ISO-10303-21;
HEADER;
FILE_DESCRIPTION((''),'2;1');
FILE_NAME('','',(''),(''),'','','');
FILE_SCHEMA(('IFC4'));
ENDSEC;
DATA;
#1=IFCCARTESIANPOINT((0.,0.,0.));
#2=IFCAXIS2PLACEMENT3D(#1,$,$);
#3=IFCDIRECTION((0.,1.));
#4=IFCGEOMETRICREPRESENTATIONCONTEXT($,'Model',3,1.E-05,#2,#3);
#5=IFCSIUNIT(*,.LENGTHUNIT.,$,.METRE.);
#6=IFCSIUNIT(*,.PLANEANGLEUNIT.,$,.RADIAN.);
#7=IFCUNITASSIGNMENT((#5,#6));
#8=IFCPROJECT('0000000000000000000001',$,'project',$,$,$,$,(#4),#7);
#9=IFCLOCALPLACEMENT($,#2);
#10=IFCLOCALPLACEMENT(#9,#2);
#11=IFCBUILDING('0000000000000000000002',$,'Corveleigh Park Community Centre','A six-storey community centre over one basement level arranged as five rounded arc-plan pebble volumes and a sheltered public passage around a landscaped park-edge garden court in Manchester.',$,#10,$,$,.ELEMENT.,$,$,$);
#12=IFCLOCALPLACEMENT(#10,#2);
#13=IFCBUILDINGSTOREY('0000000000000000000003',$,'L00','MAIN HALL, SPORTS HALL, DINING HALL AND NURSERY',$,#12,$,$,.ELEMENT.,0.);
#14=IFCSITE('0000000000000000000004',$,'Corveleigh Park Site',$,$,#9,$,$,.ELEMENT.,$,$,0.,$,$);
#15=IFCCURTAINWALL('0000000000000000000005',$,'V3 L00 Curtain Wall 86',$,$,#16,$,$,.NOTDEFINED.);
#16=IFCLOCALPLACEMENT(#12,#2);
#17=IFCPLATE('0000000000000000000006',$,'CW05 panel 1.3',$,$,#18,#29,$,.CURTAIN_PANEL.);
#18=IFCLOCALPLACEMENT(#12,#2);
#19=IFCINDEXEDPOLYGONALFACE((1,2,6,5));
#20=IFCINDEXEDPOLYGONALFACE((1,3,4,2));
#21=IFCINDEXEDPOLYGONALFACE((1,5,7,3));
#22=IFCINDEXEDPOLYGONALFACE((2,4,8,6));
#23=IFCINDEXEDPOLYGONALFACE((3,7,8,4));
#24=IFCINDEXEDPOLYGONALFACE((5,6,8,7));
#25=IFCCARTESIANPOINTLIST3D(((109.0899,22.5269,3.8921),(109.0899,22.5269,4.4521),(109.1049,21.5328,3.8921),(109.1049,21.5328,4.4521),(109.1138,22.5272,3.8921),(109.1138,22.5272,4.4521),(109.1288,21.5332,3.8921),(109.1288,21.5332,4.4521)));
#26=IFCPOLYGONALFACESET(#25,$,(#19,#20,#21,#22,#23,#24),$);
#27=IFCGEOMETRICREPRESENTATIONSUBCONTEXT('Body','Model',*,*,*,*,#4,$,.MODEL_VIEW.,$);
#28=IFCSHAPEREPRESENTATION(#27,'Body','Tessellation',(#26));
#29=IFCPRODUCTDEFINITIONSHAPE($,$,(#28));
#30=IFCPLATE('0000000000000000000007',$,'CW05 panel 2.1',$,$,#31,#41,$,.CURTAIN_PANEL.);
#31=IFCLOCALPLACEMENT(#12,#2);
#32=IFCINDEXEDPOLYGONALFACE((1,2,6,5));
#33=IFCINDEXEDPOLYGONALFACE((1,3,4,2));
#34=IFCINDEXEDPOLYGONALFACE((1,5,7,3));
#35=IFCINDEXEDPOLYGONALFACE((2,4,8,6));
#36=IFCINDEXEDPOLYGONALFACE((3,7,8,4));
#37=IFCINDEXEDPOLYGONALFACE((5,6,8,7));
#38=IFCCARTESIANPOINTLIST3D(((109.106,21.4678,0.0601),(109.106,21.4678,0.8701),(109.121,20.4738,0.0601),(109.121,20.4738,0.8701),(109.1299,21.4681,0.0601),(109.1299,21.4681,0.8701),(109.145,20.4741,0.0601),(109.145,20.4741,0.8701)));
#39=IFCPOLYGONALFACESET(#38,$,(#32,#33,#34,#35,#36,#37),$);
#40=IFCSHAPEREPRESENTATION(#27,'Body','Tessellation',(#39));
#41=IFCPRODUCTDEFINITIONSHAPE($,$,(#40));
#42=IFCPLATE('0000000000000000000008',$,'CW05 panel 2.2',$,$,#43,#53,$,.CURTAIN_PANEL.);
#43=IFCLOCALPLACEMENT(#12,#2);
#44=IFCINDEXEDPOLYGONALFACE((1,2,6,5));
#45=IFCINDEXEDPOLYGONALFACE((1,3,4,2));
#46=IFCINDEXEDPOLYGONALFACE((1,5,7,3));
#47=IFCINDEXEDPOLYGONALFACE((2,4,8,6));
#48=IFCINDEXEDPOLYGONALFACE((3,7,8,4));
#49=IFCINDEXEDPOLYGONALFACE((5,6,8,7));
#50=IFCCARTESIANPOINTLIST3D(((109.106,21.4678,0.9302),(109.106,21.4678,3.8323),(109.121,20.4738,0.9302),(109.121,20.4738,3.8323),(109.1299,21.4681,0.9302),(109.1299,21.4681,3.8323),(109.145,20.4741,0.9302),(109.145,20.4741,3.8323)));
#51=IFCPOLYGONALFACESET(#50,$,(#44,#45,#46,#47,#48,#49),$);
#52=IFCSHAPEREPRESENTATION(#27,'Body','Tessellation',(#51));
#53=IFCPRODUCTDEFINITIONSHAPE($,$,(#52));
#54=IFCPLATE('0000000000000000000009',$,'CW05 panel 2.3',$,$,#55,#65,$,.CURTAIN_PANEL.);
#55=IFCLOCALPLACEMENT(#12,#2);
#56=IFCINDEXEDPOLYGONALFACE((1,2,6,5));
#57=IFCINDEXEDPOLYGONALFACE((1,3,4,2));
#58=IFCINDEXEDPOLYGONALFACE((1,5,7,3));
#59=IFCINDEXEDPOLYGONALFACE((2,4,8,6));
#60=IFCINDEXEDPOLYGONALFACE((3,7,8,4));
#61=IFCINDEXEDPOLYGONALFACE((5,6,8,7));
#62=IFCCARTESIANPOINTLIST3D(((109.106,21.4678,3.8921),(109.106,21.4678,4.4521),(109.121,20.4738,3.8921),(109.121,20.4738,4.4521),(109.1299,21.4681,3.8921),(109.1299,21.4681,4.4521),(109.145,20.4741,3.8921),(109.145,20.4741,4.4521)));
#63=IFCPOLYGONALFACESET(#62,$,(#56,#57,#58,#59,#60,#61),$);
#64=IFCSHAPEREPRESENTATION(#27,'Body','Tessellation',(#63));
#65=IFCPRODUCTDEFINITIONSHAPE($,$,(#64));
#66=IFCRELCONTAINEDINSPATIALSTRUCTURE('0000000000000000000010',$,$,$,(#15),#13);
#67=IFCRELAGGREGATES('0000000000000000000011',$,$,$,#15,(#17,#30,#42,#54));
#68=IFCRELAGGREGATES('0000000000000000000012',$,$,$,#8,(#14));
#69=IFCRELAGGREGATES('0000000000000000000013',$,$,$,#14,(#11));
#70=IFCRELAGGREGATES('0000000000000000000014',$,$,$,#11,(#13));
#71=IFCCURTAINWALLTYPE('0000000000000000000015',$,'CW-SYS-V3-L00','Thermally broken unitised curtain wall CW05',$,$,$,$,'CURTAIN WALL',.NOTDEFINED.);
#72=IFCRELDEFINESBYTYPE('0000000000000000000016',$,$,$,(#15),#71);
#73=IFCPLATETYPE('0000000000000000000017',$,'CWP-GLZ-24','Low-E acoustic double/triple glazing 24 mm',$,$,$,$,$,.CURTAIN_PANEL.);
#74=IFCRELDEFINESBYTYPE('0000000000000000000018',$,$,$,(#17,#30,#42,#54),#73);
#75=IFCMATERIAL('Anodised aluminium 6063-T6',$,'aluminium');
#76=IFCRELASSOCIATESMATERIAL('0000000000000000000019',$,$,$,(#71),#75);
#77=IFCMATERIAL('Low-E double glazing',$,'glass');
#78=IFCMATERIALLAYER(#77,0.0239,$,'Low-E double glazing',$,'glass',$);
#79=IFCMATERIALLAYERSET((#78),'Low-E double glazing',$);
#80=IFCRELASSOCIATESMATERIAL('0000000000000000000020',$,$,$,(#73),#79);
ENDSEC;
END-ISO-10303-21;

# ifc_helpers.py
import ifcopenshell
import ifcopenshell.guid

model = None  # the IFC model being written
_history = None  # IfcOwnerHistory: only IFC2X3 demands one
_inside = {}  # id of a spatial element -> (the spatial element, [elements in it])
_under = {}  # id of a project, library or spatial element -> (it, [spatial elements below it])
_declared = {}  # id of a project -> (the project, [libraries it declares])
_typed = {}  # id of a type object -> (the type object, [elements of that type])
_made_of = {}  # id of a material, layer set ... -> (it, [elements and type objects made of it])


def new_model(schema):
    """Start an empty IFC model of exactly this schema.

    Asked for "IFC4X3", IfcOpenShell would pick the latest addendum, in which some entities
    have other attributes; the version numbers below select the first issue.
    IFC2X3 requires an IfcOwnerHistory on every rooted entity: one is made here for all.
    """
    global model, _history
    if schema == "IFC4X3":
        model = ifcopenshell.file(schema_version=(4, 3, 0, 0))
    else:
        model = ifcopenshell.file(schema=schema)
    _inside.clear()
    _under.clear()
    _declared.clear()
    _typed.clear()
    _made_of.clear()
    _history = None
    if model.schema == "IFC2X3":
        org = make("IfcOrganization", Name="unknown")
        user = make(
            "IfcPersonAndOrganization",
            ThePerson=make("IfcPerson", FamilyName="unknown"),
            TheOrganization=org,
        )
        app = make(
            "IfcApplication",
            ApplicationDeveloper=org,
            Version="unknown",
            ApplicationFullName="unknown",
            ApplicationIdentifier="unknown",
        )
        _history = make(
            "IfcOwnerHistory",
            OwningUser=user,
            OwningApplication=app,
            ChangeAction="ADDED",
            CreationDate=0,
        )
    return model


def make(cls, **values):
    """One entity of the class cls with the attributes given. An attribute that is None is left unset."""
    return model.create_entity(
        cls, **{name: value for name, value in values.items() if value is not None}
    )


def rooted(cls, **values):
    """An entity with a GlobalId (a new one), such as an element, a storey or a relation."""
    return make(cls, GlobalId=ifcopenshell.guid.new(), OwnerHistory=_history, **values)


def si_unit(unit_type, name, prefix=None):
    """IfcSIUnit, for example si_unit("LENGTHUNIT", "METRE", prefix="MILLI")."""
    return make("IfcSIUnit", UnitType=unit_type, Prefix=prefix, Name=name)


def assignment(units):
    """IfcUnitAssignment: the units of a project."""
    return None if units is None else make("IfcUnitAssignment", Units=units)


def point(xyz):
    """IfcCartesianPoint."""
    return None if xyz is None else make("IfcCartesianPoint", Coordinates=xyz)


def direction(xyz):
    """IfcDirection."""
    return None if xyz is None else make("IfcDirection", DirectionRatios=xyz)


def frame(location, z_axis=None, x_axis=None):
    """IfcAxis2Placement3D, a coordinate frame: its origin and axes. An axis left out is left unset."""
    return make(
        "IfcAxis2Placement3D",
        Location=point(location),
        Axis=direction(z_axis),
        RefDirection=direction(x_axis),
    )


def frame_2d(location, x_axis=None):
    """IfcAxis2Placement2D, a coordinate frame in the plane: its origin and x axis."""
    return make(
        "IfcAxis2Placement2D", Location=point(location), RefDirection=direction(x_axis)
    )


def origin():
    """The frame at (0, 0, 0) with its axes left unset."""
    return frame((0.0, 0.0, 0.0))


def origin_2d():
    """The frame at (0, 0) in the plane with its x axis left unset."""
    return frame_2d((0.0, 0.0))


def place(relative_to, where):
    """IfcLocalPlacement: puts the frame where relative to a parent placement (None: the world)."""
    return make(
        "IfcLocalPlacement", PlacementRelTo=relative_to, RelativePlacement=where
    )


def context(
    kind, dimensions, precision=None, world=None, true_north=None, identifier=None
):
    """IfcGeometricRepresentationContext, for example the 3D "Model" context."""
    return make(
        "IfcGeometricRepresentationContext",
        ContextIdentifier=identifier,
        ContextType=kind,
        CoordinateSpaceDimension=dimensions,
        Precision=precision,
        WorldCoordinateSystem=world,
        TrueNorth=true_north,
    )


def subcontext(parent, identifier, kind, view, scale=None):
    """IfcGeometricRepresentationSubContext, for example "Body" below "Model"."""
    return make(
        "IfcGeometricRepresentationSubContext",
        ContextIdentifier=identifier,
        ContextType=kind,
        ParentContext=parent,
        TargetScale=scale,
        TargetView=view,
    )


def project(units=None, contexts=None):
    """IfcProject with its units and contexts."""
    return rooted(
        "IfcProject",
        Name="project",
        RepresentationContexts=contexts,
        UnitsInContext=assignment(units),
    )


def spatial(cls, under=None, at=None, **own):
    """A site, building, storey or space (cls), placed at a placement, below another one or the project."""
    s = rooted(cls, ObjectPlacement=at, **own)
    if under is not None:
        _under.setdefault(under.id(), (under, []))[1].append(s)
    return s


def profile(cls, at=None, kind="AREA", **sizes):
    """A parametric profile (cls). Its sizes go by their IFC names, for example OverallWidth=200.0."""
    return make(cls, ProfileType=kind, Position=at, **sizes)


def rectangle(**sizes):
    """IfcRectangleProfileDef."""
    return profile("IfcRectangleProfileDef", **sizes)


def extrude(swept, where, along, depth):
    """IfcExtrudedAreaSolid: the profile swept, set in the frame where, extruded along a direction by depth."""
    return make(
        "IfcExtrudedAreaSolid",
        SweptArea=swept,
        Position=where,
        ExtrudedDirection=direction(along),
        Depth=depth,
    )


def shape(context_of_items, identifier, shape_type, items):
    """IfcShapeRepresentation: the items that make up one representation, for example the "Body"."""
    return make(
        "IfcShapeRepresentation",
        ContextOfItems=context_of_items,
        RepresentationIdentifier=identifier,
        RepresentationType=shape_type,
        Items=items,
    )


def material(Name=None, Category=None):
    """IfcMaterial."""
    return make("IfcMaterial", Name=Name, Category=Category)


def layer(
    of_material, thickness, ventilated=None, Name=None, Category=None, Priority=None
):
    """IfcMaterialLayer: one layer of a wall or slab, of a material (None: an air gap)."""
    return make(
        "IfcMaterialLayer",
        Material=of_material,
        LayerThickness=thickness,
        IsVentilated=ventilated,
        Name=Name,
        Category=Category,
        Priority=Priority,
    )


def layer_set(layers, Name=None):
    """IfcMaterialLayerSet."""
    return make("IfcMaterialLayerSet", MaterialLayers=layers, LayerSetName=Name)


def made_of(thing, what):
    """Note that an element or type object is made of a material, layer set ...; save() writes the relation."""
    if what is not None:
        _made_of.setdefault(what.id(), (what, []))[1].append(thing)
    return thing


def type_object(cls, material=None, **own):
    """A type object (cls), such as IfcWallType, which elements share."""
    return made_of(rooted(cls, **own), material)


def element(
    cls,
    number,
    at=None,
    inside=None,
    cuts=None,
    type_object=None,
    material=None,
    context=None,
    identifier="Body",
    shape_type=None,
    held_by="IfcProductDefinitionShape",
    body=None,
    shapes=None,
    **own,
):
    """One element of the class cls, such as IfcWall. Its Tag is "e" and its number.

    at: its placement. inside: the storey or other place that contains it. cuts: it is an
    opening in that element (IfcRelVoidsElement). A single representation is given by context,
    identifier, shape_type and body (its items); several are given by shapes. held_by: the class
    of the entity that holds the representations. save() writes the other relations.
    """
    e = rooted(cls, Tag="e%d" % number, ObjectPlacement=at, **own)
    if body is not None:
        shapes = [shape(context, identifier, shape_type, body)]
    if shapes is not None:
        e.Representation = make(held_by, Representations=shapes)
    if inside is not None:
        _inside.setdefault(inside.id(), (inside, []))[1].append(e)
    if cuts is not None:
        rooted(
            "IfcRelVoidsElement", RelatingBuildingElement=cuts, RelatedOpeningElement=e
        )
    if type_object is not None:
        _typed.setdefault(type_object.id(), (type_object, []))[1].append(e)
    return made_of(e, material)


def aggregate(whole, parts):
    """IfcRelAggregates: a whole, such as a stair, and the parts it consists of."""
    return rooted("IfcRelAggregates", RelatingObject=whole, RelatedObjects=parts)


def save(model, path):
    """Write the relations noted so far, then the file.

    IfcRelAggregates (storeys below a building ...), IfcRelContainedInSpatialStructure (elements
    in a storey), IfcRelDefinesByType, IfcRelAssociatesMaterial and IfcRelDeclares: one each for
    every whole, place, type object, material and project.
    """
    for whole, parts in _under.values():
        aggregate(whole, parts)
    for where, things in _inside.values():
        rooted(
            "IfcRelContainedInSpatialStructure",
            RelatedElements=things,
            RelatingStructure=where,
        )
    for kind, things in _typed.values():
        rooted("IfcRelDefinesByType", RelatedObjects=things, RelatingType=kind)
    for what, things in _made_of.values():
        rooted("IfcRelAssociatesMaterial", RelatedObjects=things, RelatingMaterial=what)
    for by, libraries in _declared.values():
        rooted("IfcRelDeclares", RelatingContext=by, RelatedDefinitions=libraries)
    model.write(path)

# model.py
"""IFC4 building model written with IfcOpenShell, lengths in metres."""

from ifc_helpers import new_model, si_unit, direction, frame, origin, origin_2d, place, context, subcontext, project, spatial, rectangle, extrude, material, layer, layer_set, type_object, element, aggregate, save


model = new_model("IFC4")

# Units and contexts
model_context = context("Model", 3, precision=1e-05, world=origin(), true_north=direction((0.0, 1.0)))
body_context = subcontext(model_context, "Body", "Model", "MODEL_VIEW")
ifc_project = project(units=[si_unit("LENGTHUNIT", "METRE"), si_unit("PLANEANGLEUNIT", "RADIAN")], contexts=[model_context])

# Site, building, storey
site_placement = place(None, origin())
site = spatial("IfcSite", under=ifc_project, at=site_placement, Name="Corveleigh Park Site", CompositionType="ELEMENT", RefElevation=0.0)
building_placement = place(site_placement, origin())
building = spatial("IfcBuilding", under=site, at=building_placement, Name="Corveleigh Park Community Centre", Description="A six-storey community centre over one basement level arranged as five rounded arc-plan pebble volumes and a sheltered public passage around a landscaped park-edge garden court in Manchester.", CompositionType="ELEMENT")
storey_placement = place(building_placement, origin())
storey = spatial("IfcBuildingStorey", under=building, at=storey_placement, Name="L00", Description="MAIN HALL, SPORTS HALL, DINING HALL AND NURSERY", CompositionType="ELEMENT", Elevation=0.0)

# Curtain wall
ifc_material_1 = material(Name="Anodised aluminium 6063-T6", Category="aluminium")
curtain_wall_type = type_object("IfcCurtainWallType", Name="CW-SYS-V3-L00", Description="Thermally broken unitised curtain wall CW05", ElementType="CURTAIN WALL", PredefinedType="NOTDEFINED", material=ifc_material_1)
curtain_wall_1_placement = place(storey_placement, origin())
curtain_wall_1 = element("IfcCurtainWall", 1, at=curtain_wall_1_placement, inside=storey, type_object=curtain_wall_type, Name="V3 L00 Curtain Wall 86", PredefinedType="NOTDEFINED")

# Plates
ifc_material_2 = material(Name="Low-E double glazing", Category="glass")
ifc_layer = layer(ifc_material_2, 0.0239, Name="Low-E double glazing", Category="glass")
ifc_layer_set = layer_set([ifc_layer], Name="Low-E double glazing")
plate_type = type_object("IfcPlateType", Name="CWP-GLZ-24", Description="Low-E acoustic double/triple glazing 24 mm", PredefinedType="CURTAIN_PANEL", material=ifc_layer_set)
plate_1_placement = place(storey_placement, frame((109.1094, 22.03, 3.8921), z_axis=(0.0, 0.0, 1.0), x_axis=(0.015115, -0.999886, 0.0)))
plate_1 = element("IfcPlate", 2, at=plate_1_placement, type_object=plate_type, Name="CW05 panel 1.3", PredefinedType="CURTAIN_PANEL", context=body_context, shape_type="SweptSolid", body=[
    extrude(rectangle(XDim=0.9941, YDim=0.0239, at=origin_2d()), origin(), (0.0, 0.0, 1.0), 0.5601),
])
plate_2_placement = place(storey_placement, frame((109.1255, 20.9709, 0.0601), z_axis=(0.0, 0.0, 1.0), x_axis=(0.015115, -0.999886, 0.0)))
plate_2 = element("IfcPlate", 3, at=plate_2_placement, type_object=plate_type, Name="CW05 panel 2.1", PredefinedType="CURTAIN_PANEL", context=body_context, shape_type="SweptSolid", body=[
    extrude(rectangle(XDim=0.9941, YDim=0.0239, at=origin_2d()), origin(), (0.0, 0.0, 1.0), 0.8101),
])
plate_3_placement = place(storey_placement, frame((109.1255, 20.9709, 0.9302), z_axis=(0.0, 0.0, 1.0), x_axis=(0.015115, -0.999886, 0.0)))
plate_3 = element("IfcPlate", 4, at=plate_3_placement, type_object=plate_type, Name="CW05 panel 2.2", PredefinedType="CURTAIN_PANEL", context=body_context, shape_type="SweptSolid", body=[
    extrude(rectangle(XDim=0.9941, YDim=0.0239, at=origin_2d()), origin(), (0.0, 0.0, 1.0), 2.9021),
])
plate_4_placement = place(storey_placement, frame((109.1255, 20.9709, 3.8921), z_axis=(0.0, 0.0, 1.0), x_axis=(0.015115, -0.999886, 0.0)))
plate_4 = element("IfcPlate", 5, at=plate_4_placement, type_object=plate_type, Name="CW05 panel 2.3", PredefinedType="CURTAIN_PANEL", context=body_context, shape_type="SweptSolid", body=[
    extrude(rectangle(XDim=0.9941, YDim=0.0239, at=origin_2d()), origin(), (0.0, 0.0, 1.0), 0.5601),
])
aggregate(curtain_wall_1, [plate_1, plate_2, plate_3, plate_4])

save(model, "model.ifc")
